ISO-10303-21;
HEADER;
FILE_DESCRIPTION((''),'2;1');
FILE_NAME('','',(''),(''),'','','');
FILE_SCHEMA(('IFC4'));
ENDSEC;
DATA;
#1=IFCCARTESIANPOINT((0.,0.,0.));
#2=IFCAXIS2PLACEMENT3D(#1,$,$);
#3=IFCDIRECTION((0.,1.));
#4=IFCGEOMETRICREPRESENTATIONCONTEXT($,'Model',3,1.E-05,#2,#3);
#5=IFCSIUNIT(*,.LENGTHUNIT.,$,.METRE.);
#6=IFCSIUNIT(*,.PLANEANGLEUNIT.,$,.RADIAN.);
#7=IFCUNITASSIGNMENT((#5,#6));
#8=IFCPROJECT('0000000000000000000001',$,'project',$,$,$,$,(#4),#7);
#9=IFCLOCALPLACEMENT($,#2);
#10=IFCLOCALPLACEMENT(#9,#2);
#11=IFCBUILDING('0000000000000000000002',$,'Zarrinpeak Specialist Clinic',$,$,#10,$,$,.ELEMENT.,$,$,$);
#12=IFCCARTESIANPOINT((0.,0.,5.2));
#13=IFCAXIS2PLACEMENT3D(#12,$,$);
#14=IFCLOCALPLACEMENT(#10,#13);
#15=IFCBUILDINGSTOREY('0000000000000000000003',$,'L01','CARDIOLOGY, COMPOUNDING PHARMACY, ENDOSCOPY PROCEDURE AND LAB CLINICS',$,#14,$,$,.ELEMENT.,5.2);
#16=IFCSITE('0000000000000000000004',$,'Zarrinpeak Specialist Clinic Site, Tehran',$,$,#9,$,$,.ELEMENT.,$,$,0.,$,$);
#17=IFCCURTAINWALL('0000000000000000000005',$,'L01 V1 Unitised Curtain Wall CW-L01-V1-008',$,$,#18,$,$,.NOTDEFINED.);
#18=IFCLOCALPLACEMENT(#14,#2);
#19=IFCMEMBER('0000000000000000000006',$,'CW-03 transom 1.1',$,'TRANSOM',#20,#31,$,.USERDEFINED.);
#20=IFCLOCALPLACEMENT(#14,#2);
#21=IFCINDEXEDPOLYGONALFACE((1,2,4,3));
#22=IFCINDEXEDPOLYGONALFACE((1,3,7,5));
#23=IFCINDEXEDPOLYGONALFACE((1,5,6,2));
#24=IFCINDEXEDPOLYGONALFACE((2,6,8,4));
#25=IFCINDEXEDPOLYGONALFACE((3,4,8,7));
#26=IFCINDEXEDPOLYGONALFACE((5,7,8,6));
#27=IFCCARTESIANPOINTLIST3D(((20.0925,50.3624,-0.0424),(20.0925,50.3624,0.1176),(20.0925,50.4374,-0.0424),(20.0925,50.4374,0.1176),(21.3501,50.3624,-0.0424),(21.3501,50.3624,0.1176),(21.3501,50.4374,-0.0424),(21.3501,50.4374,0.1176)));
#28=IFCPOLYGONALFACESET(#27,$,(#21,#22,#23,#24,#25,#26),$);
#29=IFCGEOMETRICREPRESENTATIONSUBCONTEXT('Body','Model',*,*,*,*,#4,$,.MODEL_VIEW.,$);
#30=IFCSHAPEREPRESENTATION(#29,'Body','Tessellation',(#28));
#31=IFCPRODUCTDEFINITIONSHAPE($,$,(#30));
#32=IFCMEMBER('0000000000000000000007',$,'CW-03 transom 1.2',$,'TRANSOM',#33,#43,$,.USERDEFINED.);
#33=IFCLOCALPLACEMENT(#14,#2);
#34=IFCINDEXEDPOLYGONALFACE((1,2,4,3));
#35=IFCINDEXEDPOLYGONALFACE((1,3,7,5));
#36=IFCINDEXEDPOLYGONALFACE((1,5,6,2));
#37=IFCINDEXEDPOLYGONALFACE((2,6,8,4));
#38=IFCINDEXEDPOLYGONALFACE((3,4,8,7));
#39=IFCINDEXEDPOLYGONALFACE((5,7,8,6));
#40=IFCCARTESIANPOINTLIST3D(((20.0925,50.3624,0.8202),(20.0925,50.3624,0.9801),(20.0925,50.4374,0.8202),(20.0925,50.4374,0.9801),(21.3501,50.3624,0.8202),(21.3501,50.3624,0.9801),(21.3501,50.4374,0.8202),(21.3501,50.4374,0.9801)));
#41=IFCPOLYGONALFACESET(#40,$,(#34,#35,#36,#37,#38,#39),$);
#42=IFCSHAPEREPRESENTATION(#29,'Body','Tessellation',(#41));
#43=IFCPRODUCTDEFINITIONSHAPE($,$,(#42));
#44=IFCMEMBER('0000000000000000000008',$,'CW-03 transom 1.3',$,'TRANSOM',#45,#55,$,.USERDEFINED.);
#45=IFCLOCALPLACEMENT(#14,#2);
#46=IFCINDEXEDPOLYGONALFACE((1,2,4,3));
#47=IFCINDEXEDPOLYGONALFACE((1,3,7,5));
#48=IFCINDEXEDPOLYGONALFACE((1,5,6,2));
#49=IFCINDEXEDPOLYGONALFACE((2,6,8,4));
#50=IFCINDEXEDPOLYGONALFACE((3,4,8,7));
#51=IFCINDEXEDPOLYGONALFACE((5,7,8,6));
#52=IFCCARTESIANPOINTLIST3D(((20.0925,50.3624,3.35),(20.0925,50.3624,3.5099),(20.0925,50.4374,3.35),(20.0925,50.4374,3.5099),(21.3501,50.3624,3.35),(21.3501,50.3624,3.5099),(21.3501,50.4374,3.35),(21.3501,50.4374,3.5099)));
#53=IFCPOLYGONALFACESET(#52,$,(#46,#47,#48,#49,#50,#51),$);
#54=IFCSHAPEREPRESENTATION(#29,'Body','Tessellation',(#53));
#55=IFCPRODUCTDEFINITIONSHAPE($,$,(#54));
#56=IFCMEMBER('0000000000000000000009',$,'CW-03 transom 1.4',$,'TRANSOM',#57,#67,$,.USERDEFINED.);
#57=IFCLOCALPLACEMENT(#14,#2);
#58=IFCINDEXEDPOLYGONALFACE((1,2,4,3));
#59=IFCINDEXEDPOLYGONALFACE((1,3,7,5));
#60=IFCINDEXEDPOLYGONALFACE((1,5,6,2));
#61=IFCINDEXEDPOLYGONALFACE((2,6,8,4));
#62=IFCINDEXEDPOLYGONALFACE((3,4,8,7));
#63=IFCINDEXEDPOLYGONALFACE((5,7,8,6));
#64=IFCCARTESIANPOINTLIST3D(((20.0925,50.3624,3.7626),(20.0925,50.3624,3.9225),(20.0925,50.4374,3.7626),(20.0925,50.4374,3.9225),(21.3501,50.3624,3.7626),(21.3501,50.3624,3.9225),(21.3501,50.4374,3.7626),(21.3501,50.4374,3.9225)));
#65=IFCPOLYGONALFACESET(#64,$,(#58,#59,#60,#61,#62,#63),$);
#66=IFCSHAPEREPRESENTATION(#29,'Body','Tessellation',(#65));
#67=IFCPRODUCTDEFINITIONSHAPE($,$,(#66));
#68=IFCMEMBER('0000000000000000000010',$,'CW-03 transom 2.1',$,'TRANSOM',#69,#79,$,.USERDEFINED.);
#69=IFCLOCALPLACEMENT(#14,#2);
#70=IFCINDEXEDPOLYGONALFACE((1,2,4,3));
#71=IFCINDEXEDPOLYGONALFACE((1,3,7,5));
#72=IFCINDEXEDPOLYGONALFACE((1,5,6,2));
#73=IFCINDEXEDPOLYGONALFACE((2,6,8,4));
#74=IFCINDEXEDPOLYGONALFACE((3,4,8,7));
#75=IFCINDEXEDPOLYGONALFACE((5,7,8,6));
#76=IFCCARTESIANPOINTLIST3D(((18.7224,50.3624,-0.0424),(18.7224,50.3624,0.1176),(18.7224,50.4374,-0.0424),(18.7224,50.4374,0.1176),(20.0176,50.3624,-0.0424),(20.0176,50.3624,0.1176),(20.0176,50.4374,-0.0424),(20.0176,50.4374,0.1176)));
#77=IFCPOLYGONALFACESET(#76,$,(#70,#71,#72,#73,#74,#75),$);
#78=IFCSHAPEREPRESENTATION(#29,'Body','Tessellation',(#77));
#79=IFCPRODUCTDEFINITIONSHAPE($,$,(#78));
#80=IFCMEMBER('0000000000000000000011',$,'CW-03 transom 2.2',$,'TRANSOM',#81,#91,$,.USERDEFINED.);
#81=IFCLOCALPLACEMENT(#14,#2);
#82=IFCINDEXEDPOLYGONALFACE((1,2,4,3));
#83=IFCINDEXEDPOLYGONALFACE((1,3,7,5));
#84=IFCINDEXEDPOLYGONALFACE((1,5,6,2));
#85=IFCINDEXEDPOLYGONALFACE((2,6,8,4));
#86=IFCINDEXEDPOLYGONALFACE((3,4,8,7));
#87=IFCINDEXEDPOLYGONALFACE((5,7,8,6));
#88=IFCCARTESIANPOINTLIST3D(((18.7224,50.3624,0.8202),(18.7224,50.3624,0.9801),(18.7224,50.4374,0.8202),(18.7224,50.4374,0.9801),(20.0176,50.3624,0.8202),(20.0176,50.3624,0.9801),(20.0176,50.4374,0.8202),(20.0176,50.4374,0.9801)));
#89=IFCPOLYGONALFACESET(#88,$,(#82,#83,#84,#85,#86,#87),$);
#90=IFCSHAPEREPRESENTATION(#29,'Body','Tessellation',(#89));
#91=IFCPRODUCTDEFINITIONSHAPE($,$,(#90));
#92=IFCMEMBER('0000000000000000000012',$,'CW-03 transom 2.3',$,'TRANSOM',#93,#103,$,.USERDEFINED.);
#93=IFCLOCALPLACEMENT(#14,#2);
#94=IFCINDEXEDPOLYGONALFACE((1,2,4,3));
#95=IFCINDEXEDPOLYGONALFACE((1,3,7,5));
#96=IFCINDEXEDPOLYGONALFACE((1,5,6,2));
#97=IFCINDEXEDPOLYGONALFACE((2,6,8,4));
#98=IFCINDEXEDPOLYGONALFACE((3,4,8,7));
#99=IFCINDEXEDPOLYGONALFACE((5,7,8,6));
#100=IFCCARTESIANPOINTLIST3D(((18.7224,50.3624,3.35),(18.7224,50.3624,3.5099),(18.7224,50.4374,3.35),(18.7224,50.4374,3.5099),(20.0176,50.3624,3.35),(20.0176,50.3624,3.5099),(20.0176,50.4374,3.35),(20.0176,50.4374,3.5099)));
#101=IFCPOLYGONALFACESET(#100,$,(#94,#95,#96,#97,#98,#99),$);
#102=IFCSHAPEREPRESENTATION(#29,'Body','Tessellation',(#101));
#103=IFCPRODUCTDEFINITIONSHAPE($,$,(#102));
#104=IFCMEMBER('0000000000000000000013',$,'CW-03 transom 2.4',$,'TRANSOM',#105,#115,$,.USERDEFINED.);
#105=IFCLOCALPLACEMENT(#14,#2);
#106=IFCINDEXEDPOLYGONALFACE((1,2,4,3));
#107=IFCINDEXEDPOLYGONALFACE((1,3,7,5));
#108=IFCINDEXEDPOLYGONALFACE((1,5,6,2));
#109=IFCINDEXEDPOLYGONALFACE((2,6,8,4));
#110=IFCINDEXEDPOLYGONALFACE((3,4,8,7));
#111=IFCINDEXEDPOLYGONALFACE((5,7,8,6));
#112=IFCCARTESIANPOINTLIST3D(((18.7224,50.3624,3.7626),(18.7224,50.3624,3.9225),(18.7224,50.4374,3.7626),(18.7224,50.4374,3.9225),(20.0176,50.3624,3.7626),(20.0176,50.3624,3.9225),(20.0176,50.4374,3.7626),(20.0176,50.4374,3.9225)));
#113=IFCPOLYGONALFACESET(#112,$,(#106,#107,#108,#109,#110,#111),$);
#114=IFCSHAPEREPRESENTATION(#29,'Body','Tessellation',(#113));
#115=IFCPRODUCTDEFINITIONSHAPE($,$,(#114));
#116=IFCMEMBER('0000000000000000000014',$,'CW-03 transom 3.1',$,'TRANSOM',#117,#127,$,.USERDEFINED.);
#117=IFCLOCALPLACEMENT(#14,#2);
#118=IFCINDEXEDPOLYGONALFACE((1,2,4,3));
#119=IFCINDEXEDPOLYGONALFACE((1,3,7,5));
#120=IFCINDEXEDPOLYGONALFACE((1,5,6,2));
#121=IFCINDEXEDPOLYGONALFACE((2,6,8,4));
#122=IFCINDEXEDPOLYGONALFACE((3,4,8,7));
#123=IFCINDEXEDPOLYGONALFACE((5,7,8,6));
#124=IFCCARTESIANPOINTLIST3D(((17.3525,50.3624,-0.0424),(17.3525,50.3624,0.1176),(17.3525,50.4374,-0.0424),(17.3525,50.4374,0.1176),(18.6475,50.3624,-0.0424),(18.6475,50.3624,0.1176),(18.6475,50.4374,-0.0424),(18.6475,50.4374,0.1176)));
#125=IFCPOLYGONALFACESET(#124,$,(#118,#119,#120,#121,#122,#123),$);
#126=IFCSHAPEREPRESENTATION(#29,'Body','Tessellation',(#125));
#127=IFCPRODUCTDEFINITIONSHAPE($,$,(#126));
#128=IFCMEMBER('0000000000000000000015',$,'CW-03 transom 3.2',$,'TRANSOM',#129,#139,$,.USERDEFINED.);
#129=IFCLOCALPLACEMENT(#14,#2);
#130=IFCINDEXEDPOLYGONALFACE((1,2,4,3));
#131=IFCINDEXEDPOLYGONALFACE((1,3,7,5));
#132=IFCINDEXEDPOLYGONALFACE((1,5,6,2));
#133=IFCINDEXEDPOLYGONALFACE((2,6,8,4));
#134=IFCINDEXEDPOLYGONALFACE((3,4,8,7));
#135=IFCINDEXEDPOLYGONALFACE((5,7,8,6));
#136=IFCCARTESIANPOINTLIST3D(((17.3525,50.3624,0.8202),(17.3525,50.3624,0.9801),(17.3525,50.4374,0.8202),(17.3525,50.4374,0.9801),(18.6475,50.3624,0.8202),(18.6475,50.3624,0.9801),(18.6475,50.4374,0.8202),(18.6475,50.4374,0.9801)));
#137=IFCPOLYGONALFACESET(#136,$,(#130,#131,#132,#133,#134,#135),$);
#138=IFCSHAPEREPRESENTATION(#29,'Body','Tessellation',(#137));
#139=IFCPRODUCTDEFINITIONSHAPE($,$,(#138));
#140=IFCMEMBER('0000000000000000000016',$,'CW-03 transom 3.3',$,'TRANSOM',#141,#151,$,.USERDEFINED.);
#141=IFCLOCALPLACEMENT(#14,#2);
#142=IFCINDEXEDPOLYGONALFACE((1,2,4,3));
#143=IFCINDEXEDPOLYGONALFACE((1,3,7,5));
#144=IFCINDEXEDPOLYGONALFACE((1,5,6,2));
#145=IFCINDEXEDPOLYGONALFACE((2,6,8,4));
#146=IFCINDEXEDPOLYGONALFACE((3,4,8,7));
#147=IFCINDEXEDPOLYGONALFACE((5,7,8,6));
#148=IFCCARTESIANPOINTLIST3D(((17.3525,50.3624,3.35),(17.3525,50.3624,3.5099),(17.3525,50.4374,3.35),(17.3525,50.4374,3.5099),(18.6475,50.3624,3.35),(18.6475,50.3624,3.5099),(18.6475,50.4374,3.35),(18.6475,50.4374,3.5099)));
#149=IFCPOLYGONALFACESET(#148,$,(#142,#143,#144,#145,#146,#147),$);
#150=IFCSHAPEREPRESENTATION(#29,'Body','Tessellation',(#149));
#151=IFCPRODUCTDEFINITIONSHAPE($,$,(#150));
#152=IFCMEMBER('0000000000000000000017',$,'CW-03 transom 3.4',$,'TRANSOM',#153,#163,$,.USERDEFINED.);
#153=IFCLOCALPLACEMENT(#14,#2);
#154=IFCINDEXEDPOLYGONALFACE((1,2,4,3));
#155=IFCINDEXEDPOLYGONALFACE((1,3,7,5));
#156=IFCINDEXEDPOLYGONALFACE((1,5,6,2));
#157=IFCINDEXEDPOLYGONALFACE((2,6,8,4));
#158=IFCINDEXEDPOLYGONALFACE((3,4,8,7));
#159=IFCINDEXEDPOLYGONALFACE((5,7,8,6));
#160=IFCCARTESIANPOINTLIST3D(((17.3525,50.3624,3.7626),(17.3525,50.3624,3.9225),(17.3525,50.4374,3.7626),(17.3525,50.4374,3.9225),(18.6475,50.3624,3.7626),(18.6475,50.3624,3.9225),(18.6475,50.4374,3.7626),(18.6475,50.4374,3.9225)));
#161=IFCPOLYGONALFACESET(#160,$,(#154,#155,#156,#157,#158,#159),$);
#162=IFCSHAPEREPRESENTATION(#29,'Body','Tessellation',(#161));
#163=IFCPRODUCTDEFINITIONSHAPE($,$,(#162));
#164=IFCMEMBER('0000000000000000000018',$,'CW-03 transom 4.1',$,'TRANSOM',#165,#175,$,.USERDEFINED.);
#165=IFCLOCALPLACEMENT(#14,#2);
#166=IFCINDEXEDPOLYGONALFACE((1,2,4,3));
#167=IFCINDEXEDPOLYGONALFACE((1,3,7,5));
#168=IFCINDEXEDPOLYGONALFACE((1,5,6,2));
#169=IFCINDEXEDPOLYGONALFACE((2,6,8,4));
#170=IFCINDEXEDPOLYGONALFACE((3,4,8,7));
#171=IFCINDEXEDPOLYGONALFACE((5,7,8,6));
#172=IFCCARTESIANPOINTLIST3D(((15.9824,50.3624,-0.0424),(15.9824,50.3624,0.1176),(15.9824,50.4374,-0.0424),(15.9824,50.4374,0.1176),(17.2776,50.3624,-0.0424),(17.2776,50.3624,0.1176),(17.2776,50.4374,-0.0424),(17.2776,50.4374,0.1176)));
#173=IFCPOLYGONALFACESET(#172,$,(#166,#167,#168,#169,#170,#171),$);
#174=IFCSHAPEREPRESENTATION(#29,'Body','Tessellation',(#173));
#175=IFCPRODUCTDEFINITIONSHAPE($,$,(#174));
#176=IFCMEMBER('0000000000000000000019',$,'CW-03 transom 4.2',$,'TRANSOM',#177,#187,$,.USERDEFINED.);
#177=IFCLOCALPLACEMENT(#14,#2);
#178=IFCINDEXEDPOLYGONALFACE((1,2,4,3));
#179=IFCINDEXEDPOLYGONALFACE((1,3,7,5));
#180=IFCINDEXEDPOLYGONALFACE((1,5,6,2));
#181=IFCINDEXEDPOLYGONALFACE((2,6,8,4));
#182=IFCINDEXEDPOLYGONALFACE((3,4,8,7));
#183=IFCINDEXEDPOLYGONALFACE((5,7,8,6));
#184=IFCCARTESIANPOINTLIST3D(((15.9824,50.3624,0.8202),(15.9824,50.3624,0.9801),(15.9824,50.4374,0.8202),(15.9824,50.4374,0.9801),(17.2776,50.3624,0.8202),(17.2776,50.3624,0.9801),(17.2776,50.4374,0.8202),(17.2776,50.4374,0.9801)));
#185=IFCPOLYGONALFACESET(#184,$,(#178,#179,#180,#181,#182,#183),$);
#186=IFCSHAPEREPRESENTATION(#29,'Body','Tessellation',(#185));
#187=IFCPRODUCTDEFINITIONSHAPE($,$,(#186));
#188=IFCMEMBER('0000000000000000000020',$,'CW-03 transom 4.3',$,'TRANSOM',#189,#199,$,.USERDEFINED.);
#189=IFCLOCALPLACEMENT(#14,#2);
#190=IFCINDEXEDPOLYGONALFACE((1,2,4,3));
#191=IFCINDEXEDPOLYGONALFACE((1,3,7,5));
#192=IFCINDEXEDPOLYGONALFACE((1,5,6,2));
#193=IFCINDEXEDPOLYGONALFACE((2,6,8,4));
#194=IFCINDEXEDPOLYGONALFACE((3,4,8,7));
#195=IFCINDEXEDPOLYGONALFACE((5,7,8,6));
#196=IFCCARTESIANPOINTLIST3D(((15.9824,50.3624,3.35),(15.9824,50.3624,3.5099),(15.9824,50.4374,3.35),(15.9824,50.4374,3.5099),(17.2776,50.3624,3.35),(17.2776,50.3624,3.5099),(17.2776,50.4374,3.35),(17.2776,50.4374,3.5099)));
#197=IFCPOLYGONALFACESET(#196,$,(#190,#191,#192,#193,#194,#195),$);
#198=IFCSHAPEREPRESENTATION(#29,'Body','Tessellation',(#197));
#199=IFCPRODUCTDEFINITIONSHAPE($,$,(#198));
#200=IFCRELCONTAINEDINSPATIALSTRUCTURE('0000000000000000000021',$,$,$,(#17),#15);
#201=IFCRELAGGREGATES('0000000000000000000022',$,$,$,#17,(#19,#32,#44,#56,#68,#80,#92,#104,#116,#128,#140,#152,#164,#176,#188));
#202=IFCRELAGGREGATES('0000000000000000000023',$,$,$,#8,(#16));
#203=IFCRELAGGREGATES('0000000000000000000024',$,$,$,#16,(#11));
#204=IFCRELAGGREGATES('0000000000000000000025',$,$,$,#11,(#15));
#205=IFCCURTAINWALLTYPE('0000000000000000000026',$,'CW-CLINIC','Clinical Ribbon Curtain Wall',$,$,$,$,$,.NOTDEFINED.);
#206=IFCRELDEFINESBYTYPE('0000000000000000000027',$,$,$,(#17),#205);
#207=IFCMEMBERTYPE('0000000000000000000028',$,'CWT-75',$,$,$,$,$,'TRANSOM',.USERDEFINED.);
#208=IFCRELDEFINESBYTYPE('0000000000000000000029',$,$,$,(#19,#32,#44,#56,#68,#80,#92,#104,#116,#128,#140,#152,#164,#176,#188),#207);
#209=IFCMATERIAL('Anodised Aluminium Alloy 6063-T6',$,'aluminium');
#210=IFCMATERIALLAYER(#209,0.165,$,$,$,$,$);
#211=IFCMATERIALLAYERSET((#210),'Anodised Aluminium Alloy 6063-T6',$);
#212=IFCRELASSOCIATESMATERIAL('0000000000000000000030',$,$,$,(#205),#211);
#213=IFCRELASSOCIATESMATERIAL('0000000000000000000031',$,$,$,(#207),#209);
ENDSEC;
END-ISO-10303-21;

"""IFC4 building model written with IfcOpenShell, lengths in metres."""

from ifc_helpers import new_model, si_unit, direction, frame, origin, origin_2d, place, context, subcontext, project, spatial, rectangle, extrude, material, layer, layer_set, material_profile, profile_set, type_object, element, aggregate, save


model = new_model("IFC4")

# Units and contexts
model_context = context("Model", 3, precision=1e-05, world=origin(), true_north=direction((0.0, 1.0)))
body_context = subcontext(model_context, "Body", "Model", "MODEL_VIEW")
ifc_project = project(units=[si_unit("LENGTHUNIT", "METRE"), si_unit("PLANEANGLEUNIT", "RADIAN")], contexts=[model_context])

# Site, building, storey
site_placement = place(None, origin())
site = spatial("IfcSite", under=ifc_project, at=site_placement, Name="Zarrinpeak Specialist Clinic Site, Tehran", CompositionType="ELEMENT", RefElevation=0.0)
building_placement = place(site_placement, origin())
building = spatial("IfcBuilding", under=site, at=building_placement, Name="Zarrinpeak Specialist Clinic", CompositionType="ELEMENT")
storey_placement = place(building_placement, frame((0.0, 0.0, 5.2)))
storey = spatial("IfcBuildingStorey", under=building, at=storey_placement, Name="L01", Description="CARDIOLOGY, COMPOUNDING PHARMACY, ENDOSCOPY PROCEDURE AND LAB CLINICS", CompositionType="ELEMENT", Elevation=5.2)

# Curtain wall, members
ifc_material_1 = material(Name="Anodised Aluminium Alloy 6063-T6", Category="aluminium")
ifc_layer_1 = layer(ifc_material_1, 0.165)
ifc_layer_set_1 = layer_set([ifc_layer_1], Name="Anodised Aluminium Alloy 6063-T6")
curtain_wall_type = type_object("IfcCurtainWallType", Name="CW-CLINIC", Description="Clinical Ribbon Curtain Wall", PredefinedType="NOTDEFINED", material=ifc_layer_set_1)
curtain_wall_placement = place(storey_placement, origin())
curtain_wall = element("IfcCurtainWall", 1, at=curtain_wall_placement, inside=storey, type_object=curtain_wall_type, Name="L01 V1 Unitised Curtain Wall CW-L01-V1-008", PredefinedType="NOTDEFINED")
ifc_material_profile_1 = material_profile(ifc_material_1, rectangle(XDim=0.075, YDim=0.1599, at=origin_2d()), Name="ALU 75x160")
ifc_profile_set_1 = profile_set([ifc_material_profile_1], Name="Anodised Aluminium Alloy 6063-T6")
member_type_1 = type_object("IfcMemberType", Name="CWT-75", ElementType="TRANSOM", PredefinedType="USERDEFINED", material=ifc_profile_set_1)
member_1_placement = place(storey_placement, frame((21.3501, 50.3999, 0.0376), z_axis=(-1.0, 0.0, 0.0), x_axis=(0.0, -1.0, 0.0)))
member_1 = element("IfcMember", 2, at=member_1_placement, type_object=member_type_1, Name="CW-03 transom 1.1", ObjectType="TRANSOM", PredefinedType="USERDEFINED", context=body_context, shape_type="SweptSolid", body=[
    extrude(rectangle(XDim=0.075, YDim=0.1599, at=origin_2d()), origin(), (0.0, 0.0, 1.0), 1.2576),
])
member_2_placement = place(storey_placement, frame((21.3501, 50.3999, 0.9001), z_axis=(-1.0, 0.0, 0.0), x_axis=(0.0, -1.0, 0.0)))
member_2 = element("IfcMember", 3, at=member_2_placement, type_object=member_type_1, Name="CW-03 transom 1.2", ObjectType="TRANSOM", PredefinedType="USERDEFINED", context=body_context, shape_type="SweptSolid", body=[
    extrude(rectangle(XDim=0.075, YDim=0.1599, at=origin_2d()), origin(), (0.0, 0.0, 1.0), 1.2576),
])
member_3_placement = place(storey_placement, frame((21.3501, 50.3999, 3.4299), z_axis=(-1.0, 0.0, 0.0), x_axis=(0.0, -1.0, 0.0)))
member_3 = element("IfcMember", 4, at=member_3_placement, type_object=member_type_1, Name="CW-03 transom 1.3", ObjectType="TRANSOM", PredefinedType="USERDEFINED", context=body_context, shape_type="SweptSolid", body=[
    extrude(rectangle(XDim=0.075, YDim=0.1599, at=origin_2d()), origin(), (0.0, 0.0, 1.0), 1.2576),
])
member_4_placement = place(storey_placement, frame((21.3501, 50.3999, 3.8425), z_axis=(-1.0, 0.0, 0.0), x_axis=(0.0, -1.0, 0.0)))
member_4 = element("IfcMember", 5, at=member_4_placement, type_object=member_type_1, Name="CW-03 transom 1.4", ObjectType="TRANSOM", PredefinedType="USERDEFINED", context=body_context, shape_type="SweptSolid", body=[
    extrude(rectangle(XDim=0.075, YDim=0.1599, at=origin_2d()), origin(), (0.0, 0.0, 1.0), 1.2576),
])
member_5_placement = place(storey_placement, frame((20.0176, 50.3999, 0.0376), z_axis=(-1.0, 0.0, 0.0), x_axis=(0.0, -1.0, 0.0)))
member_5 = element("IfcMember", 6, at=member_5_placement, type_object=member_type_1, Name="CW-03 transom 2.1", ObjectType="TRANSOM", PredefinedType="USERDEFINED", context=body_context, shape_type="SweptSolid", body=[
    extrude(rectangle(XDim=0.075, YDim=0.1599, at=origin_2d()), origin(), (0.0, 0.0, 1.0), 1.2952),
])
member_6_placement = place(storey_placement, frame((20.0176, 50.3999, 0.9001), z_axis=(-1.0, 0.0, 0.0), x_axis=(0.0, -1.0, 0.0)))
member_6 = element("IfcMember", 7, at=member_6_placement, type_object=member_type_1, Name="CW-03 transom 2.2", ObjectType="TRANSOM", PredefinedType="USERDEFINED", context=body_context, shape_type="SweptSolid", body=[
    extrude(rectangle(XDim=0.075, YDim=0.1599, at=origin_2d()), origin(), (0.0, 0.0, 1.0), 1.2952),
])
member_7_placement = place(storey_placement, frame((20.0176, 50.3999, 3.4299), z_axis=(-1.0, 0.0, 0.0), x_axis=(0.0, -1.0, 0.0)))
member_7 = element("IfcMember", 8, at=member_7_placement, type_object=member_type_1, Name="CW-03 transom 2.3", ObjectType="TRANSOM", PredefinedType="USERDEFINED", context=body_context, shape_type="SweptSolid", body=[
    extrude(rectangle(XDim=0.075, YDim=0.1599, at=origin_2d()), origin(), (0.0, 0.0, 1.0), 1.2952),
])
member_8_placement = place(storey_placement, frame((20.0176, 50.3999, 3.8425), z_axis=(-1.0, 0.0, 0.0), x_axis=(0.0, -1.0, 0.0)))
member_8 = element("IfcMember", 9, at=member_8_placement, type_object=member_type_1, Name="CW-03 transom 2.4", ObjectType="TRANSOM", PredefinedType="USERDEFINED", context=body_context, shape_type="SweptSolid", body=[
    extrude(rectangle(XDim=0.075, YDim=0.1599, at=origin_2d()), origin(), (0.0, 0.0, 1.0), 1.2952),
])
member_9_placement = place(storey_placement, frame((18.6475, 50.3999, 0.0376), z_axis=(-1.0, 0.0, 0.0), x_axis=(0.0, -1.0, 0.0)))
member_9 = element("IfcMember", 10, at=member_9_placement, type_object=member_type_1, Name="CW-03 transom 3.1", ObjectType="TRANSOM", PredefinedType="USERDEFINED", context=body_context, shape_type="SweptSolid", body=[
    extrude(rectangle(XDim=0.075, YDim=0.1599, at=origin_2d()), origin(), (0.0, 0.0, 1.0), 1.2949),
])
member_10_placement = place(storey_placement, frame((18.6475, 50.3999, 0.9001), z_axis=(-1.0, 0.0, 0.0), x_axis=(0.0, -1.0, 0.0)))
member_10 = element("IfcMember", 11, at=member_10_placement, type_object=member_type_1, Name="CW-03 transom 3.2", ObjectType="TRANSOM", PredefinedType="USERDEFINED", context=body_context, shape_type="SweptSolid", body=[
    extrude(rectangle(XDim=0.075, YDim=0.1599, at=origin_2d()), origin(), (0.0, 0.0, 1.0), 1.2949),
])
member_11_placement = place(storey_placement, frame((18.6475, 50.3999, 3.4299), z_axis=(-1.0, 0.0, 0.0), x_axis=(0.0, -1.0, 0.0)))
member_11 = element("IfcMember", 12, at=member_11_placement, type_object=member_type_1, Name="CW-03 transom 3.3", ObjectType="TRANSOM", PredefinedType="USERDEFINED", context=body_context, shape_type="SweptSolid", body=[
    extrude(rectangle(XDim=0.075, YDim=0.1599, at=origin_2d()), origin(), (0.0, 0.0, 1.0), 1.2949),
])
member_12_placement = place(storey_placement, frame((18.6475, 50.3999, 3.8425), z_axis=(-1.0, 0.0, 0.0), x_axis=(0.0, -1.0, 0.0)))
member_12 = element("IfcMember", 13, at=member_12_placement, type_object=member_type_1, Name="CW-03 transom 3.4", ObjectType="TRANSOM", PredefinedType="USERDEFINED", context=body_context, shape_type="SweptSolid", body=[
    extrude(rectangle(XDim=0.075, YDim=0.1599, at=origin_2d()), origin(), (0.0, 0.0, 1.0), 1.2949),
])
member_13_placement = place(storey_placement, frame((17.2776, 50.3999, 0.0376), z_axis=(-1.0, 0.0, 0.0), x_axis=(0.0, -1.0, 0.0)))
member_13 = element("IfcMember", 14, at=member_13_placement, type_object=member_type_1, Name="CW-03 transom 4.1", ObjectType="TRANSOM", PredefinedType="USERDEFINED", context=body_context, shape_type="SweptSolid", body=[
    extrude(rectangle(XDim=0.075, YDim=0.1599, at=origin_2d()), origin(), (0.0, 0.0, 1.0), 1.2952),
])
member_14_placement = place(storey_placement, frame((17.2776, 50.3999, 0.9001), z_axis=(-1.0, 0.0, 0.0), x_axis=(0.0, -1.0, 0.0)))
member_14 = element("IfcMember", 15, at=member_14_placement, type_object=member_type_1, Name="CW-03 transom 4.2", ObjectType="TRANSOM", PredefinedType="USERDEFINED", context=body_context, shape_type="SweptSolid", body=[
    extrude(rectangle(XDim=0.075, YDim=0.1599, at=origin_2d()), origin(), (0.0, 0.0, 1.0), 1.2952),
])
member_15_placement = place(storey_placement, frame((17.2776, 50.3999, 3.4299), z_axis=(-1.0, 0.0, 0.0), x_axis=(0.0, -1.0, 0.0)))
member_15 = element("IfcMember", 16, at=member_15_placement, type_object=member_type_1, Name="CW-03 transom 4.3", ObjectType="TRANSOM", PredefinedType="USERDEFINED", context=body_context, shape_type="SweptSolid", body=[
    extrude(rectangle(XDim=0.075, YDim=0.1599, at=origin_2d()), origin(), (0.0, 0.0, 1.0), 1.2952),
])
aggregate(curtain_wall, [member_1, member_2, member_3, member_4, member_5, member_6, member_7, member_8, member_9, member_10, member_11, member_12, member_13, member_14, member_15])

save(model, "model.ifc")
